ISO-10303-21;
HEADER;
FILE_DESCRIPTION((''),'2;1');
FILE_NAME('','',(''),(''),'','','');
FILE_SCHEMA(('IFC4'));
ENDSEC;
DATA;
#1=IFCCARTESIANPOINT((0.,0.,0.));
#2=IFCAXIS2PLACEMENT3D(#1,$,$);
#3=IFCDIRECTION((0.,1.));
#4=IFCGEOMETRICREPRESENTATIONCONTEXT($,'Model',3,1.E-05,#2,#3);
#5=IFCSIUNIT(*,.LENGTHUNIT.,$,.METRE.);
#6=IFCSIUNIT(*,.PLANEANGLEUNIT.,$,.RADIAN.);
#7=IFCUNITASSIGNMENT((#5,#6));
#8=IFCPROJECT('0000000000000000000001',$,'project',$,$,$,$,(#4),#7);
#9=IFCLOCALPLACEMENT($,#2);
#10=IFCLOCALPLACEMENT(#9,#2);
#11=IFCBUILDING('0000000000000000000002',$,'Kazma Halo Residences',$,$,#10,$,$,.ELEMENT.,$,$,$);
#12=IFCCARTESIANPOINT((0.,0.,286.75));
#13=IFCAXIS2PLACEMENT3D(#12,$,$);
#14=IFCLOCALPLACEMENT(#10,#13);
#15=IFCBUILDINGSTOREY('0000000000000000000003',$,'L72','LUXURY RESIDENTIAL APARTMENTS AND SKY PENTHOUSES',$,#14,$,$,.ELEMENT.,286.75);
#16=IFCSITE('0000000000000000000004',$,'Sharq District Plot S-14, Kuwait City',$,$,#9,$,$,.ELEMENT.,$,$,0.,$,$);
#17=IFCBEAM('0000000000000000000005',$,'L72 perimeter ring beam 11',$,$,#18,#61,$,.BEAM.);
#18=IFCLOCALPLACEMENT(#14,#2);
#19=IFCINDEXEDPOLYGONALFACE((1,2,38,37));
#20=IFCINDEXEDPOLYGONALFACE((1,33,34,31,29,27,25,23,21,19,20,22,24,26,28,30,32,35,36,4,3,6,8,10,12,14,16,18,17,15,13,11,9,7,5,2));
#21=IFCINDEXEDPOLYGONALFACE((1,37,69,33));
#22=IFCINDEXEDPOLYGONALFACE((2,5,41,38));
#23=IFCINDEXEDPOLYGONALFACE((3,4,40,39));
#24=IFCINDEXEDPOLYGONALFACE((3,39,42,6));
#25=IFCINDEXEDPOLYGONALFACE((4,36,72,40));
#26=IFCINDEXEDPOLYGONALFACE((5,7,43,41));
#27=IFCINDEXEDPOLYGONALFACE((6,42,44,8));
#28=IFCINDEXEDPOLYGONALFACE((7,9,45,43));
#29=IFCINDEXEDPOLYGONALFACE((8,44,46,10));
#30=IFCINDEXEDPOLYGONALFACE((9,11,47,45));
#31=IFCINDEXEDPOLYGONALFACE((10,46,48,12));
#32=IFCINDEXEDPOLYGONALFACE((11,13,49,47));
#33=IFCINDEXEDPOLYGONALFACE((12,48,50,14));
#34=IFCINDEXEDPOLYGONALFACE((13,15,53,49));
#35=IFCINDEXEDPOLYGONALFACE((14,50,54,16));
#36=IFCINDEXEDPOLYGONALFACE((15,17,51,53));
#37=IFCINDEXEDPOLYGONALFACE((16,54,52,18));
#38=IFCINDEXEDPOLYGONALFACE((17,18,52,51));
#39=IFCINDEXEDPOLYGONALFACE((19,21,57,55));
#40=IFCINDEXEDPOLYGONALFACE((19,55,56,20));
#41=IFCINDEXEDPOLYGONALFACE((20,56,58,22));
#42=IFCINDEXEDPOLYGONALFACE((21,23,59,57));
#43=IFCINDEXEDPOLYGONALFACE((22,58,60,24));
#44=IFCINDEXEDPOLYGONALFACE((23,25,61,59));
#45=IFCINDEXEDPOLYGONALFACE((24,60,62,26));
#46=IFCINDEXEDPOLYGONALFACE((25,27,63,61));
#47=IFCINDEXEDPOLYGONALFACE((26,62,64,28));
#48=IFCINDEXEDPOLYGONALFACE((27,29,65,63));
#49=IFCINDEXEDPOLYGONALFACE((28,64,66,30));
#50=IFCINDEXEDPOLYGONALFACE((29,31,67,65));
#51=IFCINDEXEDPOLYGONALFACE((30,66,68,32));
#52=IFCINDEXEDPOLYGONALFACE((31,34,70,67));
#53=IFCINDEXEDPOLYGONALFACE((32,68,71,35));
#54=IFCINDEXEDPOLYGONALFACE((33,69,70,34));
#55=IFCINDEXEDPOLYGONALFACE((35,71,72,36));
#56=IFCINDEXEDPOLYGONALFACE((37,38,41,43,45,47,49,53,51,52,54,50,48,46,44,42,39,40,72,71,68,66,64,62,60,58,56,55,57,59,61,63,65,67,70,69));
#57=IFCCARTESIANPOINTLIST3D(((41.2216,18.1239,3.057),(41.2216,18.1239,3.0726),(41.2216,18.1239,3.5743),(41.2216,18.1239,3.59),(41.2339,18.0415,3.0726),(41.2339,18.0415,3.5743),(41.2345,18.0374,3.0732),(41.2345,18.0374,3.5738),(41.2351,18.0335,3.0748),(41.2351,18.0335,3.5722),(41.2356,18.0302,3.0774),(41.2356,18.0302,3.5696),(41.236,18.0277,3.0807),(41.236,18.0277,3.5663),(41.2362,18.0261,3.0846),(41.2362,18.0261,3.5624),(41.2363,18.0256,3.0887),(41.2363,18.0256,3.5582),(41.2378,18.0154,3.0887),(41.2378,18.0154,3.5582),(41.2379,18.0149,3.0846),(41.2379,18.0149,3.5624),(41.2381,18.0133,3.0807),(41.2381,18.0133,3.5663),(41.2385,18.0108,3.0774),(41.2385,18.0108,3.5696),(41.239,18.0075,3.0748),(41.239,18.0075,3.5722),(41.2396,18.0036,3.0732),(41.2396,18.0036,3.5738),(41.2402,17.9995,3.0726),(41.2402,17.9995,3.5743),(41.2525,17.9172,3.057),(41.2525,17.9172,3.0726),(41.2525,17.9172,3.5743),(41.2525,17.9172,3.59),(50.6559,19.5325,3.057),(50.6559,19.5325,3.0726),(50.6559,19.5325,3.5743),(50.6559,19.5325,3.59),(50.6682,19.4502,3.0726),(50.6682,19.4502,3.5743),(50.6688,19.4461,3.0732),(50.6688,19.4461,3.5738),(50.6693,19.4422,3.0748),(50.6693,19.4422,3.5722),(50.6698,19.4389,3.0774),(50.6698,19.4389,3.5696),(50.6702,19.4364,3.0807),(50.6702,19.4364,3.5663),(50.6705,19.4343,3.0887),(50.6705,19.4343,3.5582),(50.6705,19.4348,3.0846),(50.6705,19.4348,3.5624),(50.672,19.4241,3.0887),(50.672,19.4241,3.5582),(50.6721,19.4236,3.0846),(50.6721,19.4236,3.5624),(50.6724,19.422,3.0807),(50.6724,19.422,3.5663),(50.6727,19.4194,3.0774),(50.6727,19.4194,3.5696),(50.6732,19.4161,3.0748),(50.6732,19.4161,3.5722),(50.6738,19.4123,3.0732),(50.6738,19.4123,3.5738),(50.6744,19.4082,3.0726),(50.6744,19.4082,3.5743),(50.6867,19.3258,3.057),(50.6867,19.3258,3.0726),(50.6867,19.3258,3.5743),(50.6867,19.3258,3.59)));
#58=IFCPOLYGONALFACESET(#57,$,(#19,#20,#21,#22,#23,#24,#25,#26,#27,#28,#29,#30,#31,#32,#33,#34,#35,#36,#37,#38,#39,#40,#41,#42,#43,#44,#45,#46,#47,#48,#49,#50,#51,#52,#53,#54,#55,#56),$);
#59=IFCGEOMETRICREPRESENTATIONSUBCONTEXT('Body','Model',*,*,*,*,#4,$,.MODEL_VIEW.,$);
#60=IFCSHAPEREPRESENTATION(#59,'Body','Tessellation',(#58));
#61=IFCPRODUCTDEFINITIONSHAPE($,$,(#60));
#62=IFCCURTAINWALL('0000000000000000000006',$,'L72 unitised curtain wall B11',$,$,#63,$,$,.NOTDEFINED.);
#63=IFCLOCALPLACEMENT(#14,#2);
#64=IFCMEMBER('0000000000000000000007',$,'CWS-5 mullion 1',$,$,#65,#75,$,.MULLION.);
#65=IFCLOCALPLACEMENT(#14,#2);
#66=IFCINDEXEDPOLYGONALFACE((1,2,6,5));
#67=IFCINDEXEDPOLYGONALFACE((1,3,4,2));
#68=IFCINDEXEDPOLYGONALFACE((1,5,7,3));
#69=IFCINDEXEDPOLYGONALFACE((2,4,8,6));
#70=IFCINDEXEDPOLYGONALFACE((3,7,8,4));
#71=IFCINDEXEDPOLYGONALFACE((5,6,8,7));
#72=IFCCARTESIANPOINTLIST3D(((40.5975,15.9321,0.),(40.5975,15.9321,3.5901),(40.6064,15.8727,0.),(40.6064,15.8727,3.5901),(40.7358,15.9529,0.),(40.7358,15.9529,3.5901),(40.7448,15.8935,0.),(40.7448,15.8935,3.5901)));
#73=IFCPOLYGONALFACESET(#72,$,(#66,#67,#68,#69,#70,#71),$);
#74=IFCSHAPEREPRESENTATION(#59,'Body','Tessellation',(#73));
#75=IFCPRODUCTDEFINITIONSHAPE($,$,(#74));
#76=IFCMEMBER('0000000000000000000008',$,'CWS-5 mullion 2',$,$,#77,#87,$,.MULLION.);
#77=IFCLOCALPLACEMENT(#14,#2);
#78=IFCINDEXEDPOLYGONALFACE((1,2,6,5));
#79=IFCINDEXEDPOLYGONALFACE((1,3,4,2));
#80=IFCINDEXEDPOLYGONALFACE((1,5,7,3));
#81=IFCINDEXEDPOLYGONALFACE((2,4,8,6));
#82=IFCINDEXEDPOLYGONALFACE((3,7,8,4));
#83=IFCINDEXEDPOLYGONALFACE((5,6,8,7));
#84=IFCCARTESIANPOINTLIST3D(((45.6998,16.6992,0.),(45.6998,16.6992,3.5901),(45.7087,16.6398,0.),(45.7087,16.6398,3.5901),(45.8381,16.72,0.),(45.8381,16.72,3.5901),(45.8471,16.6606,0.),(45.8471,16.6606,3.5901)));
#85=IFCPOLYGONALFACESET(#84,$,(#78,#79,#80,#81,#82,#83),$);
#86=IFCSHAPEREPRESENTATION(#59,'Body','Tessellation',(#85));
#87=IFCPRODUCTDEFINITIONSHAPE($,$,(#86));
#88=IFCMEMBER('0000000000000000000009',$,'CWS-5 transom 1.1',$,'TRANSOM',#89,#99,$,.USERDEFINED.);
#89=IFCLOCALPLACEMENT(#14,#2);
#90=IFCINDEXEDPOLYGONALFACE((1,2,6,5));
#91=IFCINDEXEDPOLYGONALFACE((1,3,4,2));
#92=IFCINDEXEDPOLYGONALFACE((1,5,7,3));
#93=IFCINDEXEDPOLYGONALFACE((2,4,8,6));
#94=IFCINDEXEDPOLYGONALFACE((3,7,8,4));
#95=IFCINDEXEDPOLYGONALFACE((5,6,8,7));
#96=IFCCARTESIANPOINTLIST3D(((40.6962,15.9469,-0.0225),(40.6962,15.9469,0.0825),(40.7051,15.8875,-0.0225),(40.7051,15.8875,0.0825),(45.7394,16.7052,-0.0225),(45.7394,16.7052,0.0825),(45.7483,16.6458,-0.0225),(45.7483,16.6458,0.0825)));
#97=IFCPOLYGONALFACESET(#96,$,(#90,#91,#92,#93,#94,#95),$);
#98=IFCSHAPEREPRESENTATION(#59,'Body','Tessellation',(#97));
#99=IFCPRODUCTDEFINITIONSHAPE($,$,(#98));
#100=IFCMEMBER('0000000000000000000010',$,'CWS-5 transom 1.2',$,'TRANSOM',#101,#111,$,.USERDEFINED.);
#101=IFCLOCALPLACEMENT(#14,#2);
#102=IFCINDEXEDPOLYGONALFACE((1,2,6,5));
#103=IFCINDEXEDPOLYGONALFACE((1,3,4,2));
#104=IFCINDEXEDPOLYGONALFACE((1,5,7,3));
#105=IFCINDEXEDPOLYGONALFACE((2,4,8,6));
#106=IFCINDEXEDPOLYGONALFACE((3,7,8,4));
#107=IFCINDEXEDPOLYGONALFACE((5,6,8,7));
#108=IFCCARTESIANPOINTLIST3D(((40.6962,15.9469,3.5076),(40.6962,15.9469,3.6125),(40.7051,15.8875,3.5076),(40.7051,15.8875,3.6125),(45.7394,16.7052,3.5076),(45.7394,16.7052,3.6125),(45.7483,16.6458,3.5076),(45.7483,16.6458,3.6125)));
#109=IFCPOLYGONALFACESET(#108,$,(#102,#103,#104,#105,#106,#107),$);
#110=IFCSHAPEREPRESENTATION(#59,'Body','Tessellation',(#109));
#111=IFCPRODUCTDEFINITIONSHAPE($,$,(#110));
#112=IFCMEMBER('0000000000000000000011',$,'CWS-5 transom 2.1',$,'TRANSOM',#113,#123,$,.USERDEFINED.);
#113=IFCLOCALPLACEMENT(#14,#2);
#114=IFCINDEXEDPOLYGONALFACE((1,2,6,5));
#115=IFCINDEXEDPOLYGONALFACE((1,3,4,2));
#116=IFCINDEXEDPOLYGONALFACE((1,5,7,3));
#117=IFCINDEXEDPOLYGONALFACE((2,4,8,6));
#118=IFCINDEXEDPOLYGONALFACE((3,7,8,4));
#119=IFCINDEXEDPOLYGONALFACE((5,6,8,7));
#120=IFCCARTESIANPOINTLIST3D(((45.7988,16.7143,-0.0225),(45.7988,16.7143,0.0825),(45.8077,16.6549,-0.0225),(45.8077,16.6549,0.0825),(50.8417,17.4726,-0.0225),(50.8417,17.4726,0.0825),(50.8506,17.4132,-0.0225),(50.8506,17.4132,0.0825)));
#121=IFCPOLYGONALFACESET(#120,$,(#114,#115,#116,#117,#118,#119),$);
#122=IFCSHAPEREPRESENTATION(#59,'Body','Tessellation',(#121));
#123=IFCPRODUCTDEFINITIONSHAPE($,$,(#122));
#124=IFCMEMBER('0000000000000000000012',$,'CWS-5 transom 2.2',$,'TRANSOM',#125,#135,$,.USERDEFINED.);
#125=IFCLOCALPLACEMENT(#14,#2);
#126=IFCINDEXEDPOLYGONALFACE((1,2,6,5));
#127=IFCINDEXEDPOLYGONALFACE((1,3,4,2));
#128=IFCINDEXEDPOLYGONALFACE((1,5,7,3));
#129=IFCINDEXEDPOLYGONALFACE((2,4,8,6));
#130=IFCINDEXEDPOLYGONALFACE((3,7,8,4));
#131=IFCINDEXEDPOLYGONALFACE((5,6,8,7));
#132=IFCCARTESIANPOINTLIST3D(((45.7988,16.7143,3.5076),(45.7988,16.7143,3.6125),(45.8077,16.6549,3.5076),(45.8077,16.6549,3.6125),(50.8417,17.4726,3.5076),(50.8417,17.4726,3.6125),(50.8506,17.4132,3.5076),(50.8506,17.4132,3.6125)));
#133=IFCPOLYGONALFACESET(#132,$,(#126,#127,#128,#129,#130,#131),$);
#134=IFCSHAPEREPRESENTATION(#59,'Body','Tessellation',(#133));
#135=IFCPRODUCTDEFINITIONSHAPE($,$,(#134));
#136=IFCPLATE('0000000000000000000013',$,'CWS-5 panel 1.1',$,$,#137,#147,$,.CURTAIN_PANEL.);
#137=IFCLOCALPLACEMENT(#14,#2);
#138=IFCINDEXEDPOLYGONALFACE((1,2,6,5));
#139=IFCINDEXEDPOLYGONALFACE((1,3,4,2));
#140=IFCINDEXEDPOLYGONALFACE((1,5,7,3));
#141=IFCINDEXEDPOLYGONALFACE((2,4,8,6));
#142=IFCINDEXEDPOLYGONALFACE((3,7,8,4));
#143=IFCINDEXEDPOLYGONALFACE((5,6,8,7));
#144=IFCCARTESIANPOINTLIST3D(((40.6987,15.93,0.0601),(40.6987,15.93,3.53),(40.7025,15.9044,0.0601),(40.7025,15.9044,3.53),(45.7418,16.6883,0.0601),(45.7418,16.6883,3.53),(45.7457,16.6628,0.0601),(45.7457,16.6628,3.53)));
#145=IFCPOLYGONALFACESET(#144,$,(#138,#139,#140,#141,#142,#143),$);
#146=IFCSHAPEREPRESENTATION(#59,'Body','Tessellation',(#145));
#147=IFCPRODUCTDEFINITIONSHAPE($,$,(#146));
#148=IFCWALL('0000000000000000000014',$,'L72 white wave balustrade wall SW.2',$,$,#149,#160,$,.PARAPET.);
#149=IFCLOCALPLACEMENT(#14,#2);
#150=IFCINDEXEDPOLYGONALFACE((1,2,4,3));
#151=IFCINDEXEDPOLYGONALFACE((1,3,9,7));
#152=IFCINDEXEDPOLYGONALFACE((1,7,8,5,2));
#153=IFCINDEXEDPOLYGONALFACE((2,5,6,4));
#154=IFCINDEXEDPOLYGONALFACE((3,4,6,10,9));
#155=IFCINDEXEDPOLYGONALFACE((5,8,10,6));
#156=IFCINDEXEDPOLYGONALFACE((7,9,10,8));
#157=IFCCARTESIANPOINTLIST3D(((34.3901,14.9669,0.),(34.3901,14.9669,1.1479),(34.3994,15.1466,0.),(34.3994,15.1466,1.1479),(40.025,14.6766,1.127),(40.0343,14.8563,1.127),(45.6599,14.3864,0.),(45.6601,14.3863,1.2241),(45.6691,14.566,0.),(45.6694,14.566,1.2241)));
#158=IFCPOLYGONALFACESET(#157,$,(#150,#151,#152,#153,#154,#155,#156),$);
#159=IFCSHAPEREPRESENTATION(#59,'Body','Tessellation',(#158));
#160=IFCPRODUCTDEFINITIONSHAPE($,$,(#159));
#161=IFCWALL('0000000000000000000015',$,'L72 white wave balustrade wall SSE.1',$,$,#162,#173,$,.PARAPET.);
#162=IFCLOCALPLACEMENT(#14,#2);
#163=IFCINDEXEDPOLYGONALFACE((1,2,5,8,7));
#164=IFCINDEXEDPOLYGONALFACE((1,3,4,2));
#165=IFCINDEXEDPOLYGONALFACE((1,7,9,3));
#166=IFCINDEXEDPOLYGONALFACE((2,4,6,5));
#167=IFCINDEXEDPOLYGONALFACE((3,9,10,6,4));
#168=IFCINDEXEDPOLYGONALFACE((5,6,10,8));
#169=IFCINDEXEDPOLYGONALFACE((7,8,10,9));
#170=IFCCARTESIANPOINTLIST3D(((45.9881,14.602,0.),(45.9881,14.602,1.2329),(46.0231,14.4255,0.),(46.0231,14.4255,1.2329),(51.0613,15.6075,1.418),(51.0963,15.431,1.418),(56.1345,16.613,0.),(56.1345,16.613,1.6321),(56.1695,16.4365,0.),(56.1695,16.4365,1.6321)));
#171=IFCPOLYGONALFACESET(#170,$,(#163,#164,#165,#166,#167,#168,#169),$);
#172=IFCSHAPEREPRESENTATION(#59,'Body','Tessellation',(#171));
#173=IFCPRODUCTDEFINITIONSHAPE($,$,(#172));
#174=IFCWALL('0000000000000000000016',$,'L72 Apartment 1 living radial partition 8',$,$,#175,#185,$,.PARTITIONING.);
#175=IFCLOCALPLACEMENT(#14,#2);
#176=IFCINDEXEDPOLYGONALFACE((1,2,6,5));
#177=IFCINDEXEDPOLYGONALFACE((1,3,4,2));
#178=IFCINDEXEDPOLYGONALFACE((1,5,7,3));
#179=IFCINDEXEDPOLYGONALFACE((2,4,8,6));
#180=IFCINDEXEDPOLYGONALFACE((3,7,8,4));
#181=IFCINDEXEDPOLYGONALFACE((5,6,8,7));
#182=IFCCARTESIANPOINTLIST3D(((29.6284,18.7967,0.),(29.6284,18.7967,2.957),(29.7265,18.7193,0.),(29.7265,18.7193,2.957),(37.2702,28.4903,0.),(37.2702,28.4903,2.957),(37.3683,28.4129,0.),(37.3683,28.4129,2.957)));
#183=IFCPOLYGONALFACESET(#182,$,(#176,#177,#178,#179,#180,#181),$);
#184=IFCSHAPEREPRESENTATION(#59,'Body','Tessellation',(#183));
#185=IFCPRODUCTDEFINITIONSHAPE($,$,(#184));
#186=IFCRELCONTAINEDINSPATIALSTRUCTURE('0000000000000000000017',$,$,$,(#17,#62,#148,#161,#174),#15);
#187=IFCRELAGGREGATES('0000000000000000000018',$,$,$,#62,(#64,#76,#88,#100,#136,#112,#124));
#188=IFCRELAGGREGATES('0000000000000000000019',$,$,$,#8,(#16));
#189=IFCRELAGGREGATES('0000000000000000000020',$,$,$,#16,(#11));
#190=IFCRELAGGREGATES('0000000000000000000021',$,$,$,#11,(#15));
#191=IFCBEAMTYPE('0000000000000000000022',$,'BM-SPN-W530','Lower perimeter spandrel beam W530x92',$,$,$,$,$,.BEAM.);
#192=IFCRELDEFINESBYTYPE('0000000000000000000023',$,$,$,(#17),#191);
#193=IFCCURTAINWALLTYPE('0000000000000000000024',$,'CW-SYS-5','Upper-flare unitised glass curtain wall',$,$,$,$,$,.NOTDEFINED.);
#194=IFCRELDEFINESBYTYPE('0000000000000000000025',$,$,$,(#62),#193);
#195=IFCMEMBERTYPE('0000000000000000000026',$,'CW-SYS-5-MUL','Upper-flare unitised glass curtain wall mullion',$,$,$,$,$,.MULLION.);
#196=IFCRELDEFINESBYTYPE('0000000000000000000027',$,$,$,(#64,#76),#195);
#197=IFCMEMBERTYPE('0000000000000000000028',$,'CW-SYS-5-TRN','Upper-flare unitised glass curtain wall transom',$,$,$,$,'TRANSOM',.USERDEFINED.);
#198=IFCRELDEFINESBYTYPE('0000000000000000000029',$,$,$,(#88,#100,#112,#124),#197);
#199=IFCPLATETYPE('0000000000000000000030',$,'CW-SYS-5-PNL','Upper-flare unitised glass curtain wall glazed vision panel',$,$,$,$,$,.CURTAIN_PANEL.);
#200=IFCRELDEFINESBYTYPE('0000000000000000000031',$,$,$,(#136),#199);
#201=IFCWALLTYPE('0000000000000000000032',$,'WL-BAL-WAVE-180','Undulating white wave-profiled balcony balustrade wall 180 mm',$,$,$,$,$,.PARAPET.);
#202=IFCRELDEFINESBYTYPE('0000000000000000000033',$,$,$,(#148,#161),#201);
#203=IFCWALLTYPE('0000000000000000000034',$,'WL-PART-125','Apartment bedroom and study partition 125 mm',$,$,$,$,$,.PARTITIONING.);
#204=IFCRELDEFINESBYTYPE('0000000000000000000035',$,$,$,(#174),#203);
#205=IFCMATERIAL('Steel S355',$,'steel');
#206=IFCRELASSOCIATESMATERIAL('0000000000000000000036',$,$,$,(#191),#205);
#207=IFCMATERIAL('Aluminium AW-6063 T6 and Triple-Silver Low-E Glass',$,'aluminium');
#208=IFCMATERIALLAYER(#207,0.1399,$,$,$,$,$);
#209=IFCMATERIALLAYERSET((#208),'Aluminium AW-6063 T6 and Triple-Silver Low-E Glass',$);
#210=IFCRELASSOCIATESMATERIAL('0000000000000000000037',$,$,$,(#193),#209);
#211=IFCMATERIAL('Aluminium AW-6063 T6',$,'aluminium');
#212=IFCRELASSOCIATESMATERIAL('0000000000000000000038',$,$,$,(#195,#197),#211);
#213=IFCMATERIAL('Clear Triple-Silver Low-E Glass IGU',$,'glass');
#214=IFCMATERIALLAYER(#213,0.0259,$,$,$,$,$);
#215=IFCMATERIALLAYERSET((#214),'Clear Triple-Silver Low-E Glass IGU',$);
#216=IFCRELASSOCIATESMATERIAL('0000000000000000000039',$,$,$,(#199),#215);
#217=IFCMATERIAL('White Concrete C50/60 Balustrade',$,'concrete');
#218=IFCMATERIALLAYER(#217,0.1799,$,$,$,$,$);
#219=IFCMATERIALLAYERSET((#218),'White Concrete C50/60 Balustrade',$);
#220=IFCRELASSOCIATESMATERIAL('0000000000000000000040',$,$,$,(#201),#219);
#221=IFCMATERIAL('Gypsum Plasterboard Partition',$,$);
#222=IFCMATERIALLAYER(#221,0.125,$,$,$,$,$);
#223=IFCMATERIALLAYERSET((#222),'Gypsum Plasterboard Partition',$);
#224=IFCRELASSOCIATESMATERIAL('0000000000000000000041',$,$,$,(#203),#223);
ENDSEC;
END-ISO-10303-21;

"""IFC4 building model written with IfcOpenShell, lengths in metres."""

from ifc_helpers import new_model, si_unit, direction, frame, frame_2d, origin, origin_2d, place, context, subcontext, project, spatial, polyline, rectangle, i_section, outline, extrude, material, layer, layer_set, material_profile, profile_set, type_object, element, aggregate, save


model = new_model("IFC4")

# Units and contexts
model_context = context("Model", 3, precision=1e-05, world=origin(), true_north=direction((0.0, 1.0)))
body_context = subcontext(model_context, "Body", "Model", "MODEL_VIEW")
ifc_project = project(units=[si_unit("LENGTHUNIT", "METRE"), si_unit("PLANEANGLEUNIT", "RADIAN")], contexts=[model_context])

# Site, building, storey
site_placement = place(None, origin())
site = spatial("IfcSite", under=ifc_project, at=site_placement, Name="Sharq District Plot S-14, Kuwait City", CompositionType="ELEMENT", RefElevation=0.0)
building_placement = place(site_placement, origin())
building = spatial("IfcBuilding", under=site, at=building_placement, Name="Kazma Halo Residences", CompositionType="ELEMENT")
storey_placement = place(building_placement, frame((0.0, 0.0, 286.75)))
storey = spatial("IfcBuildingStorey", under=building, at=storey_placement, Name="L72", Description="LUXURY RESIDENTIAL APARTMENTS AND SKY PENTHOUSES", CompositionType="ELEMENT", Elevation=286.75)

# Beam
ifc_material_1 = material(Name="Steel S355", Category="steel")
ifc_material_profile_1 = material_profile(ifc_material_1, i_section(OverallWidth=0.209, OverallDepth=0.533, WebThickness=0.0103, FlangeThickness=0.0156, FilletRadius=0.0161, at=origin_2d()), Name="W530x92")
ifc_profile_set_1 = profile_set([ifc_material_profile_1], Name="Steel S355")
beam_type_1 = type_object("IfcBeamType", Name="BM-SPN-W530", Description="Lower perimeter spandrel beam W530x92", PredefinedType="BEAM", material=ifc_profile_set_1)
beam_1_placement = place(storey_placement, frame((41.2371, 18.0205, 3.3235), z_axis=(0.989035, 0.147678, 0.0), x_axis=(-0.147678, 0.989035, 0.0)))
element("IfcBeam", 1, at=beam_1_placement, inside=storey, type_object=beam_type_1, Name="L72 perimeter ring beam 11", PredefinedType="BEAM", context=body_context, shape_type="SweptSolid", body=[
    extrude(i_section(OverallWidth=0.209, OverallDepth=0.533, WebThickness=0.0103, FlangeThickness=0.0156, FilletRadius=0.0161, at=origin_2d()), origin(), (0.0, 0.0, 1.0), 9.5388),
])

# Curtain wall, members, plate
ifc_material_2 = material(Name="Aluminium AW-6063 T6 and Triple-Silver Low-E Glass", Category="aluminium")
ifc_layer_1 = layer(ifc_material_2, 0.1399)
ifc_layer_set_1 = layer_set([ifc_layer_1], Name="Aluminium AW-6063 T6 and Triple-Silver Low-E Glass")
curtain_wall_type = type_object("IfcCurtainWallType", Name="CW-SYS-5", Description="Upper-flare unitised glass curtain wall", PredefinedType="NOTDEFINED", material=ifc_layer_set_1)
curtain_wall_placement = place(storey_placement, origin())
curtain_wall = element("IfcCurtainWall", 2, at=curtain_wall_placement, inside=storey, type_object=curtain_wall_type, Name="L72 unitised curtain wall B11", PredefinedType="NOTDEFINED")
ifc_material_3 = material(Name="Aluminium AW-6063 T6", Category="aluminium")
ifc_material_profile_2 = material_profile(ifc_material_3, rectangle(XDim=0.0601, YDim=0.1399, at=origin_2d()), Name="CWM-60x140")
ifc_profile_set_2 = profile_set([ifc_material_profile_2], Name="Aluminium AW-6063 T6")
member_type_1 = type_object("IfcMemberType", Name="CW-SYS-5-MUL", Description="Upper-flare unitised glass curtain wall mullion", PredefinedType="MULLION", material=ifc_profile_set_2)
member_1_placement = place(storey_placement, frame((40.6711, 15.9128, 0.0), z_axis=(0.0, 0.0, 1.0), x_axis=(-0.148697, 0.988883, 0.0)))
member_1 = element("IfcMember", 3, at=member_1_placement, type_object=member_type_1, Name="CWS-5 mullion 1", PredefinedType="MULLION", context=body_context, shape_type="SweptSolid", body=[
    extrude(rectangle(XDim=0.0601, YDim=0.1399, at=origin_2d()), origin(), (0.0, 0.0, 1.0), 3.5901),
])
member_2_placement = place(storey_placement, frame((45.7734, 16.6799, 0.0), z_axis=(0.0, 0.0, 1.0), x_axis=(-0.148697, 0.988883, 0.0)))
member_2 = element("IfcMember", 4, at=member_2_placement, type_object=member_type_1, Name="CWS-5 mullion 2", PredefinedType="MULLION", context=body_context, shape_type="SweptSolid", body=[
    extrude(rectangle(XDim=0.0601, YDim=0.1399, at=origin_2d()), origin(), (0.0, 0.0, 1.0), 3.5901),
])
ifc_material_profile_3 = material_profile(ifc_material_3, rectangle(XDim=0.0601, YDim=0.105, at=origin_2d()), Name="CWT-60x105")
ifc_profile_set_3 = profile_set([ifc_material_profile_3], Name="Aluminium AW-6063 T6")
member_type_2 = type_object("IfcMemberType", Name="CW-SYS-5-TRN", Description="Upper-flare unitised glass curtain wall transom", ElementType="TRANSOM", PredefinedType="USERDEFINED", material=ifc_profile_set_3)
member_3_placement = place(storey_placement, frame((40.7007, 15.9172, 0.03), z_axis=(0.988884, 0.148689, 0.0), x_axis=(-0.148689, 0.988884, 0.0)))
member_3 = element("IfcMember", 5, at=member_3_placement, type_object=member_type_2, Name="CWS-5 transom 1.1", ObjectType="TRANSOM", PredefinedType="USERDEFINED", context=body_context, shape_type="SweptSolid", body=[
    extrude(rectangle(XDim=0.0601, YDim=0.105, at=origin_2d()), origin(), (0.0, 0.0, 1.0), 5.0999),
])
member_4_placement = place(storey_placement, frame((40.7007, 15.9172, 3.5601), z_axis=(0.988884, 0.148689, 0.0), x_axis=(-0.148689, 0.988884, 0.0)))
member_4 = element("IfcMember", 6, at=member_4_placement, type_object=member_type_2, Name="CWS-5 transom 1.2", ObjectType="TRANSOM", PredefinedType="USERDEFINED", context=body_context, shape_type="SweptSolid", body=[
    extrude(rectangle(XDim=0.0601, YDim=0.105, at=origin_2d()), origin(), (0.0, 0.0, 1.0), 5.0999),
])
member_5_placement = place(storey_placement, frame((45.8032, 16.6846, 0.03), z_axis=(0.988883, 0.148696, 0.0), x_axis=(-0.148696, 0.988883, 0.0)))
member_5 = element("IfcMember", 7, at=member_5_placement, type_object=member_type_2, Name="CWS-5 transom 2.1", ObjectType="TRANSOM", PredefinedType="USERDEFINED", context=body_context, shape_type="SweptSolid", body=[
    extrude(rectangle(XDim=0.0601, YDim=0.105, at=origin_2d()), origin(), (0.0, 0.0, 1.0), 5.0996),
])
member_6_placement = place(storey_placement, frame((45.8032, 16.6846, 3.5601), z_axis=(0.988883, 0.148696, 0.0), x_axis=(-0.148696, 0.988883, 0.0)))
member_6 = element("IfcMember", 8, at=member_6_placement, type_object=member_type_2, Name="CWS-5 transom 2.2", ObjectType="TRANSOM", PredefinedType="USERDEFINED", context=body_context, shape_type="SweptSolid", body=[
    extrude(rectangle(XDim=0.0601, YDim=0.105, at=origin_2d()), origin(), (0.0, 0.0, 1.0), 5.0996),
])
ifc_material_4 = material(Name="Clear Triple-Silver Low-E Glass IGU", Category="glass")
ifc_layer_2 = layer(ifc_material_4, 0.0259)
ifc_layer_set_2 = layer_set([ifc_layer_2], Name="Clear Triple-Silver Low-E Glass IGU")
plate_type = type_object("IfcPlateType", Name="CW-SYS-5-PNL", Description="Upper-flare unitised glass curtain wall glazed vision panel", PredefinedType="CURTAIN_PANEL", material=ifc_layer_set_2)
plate_placement = place(storey_placement, frame((43.2222, 16.2964, 0.0601), z_axis=(0.0, 0.0, 1.0), x_axis=(0.988883, 0.148697, 0.0)))
plate = element("IfcPlate", 9, at=plate_placement, type_object=plate_type, Name="CWS-5 panel 1.1", PredefinedType="CURTAIN_PANEL", context=body_context, shape_type="SweptSolid", body=[
    extrude(rectangle(XDim=5.0999, YDim=0.0259, at=origin_2d()), origin(), (0.0, 0.0, 1.0), 3.47),
])
aggregate(curtain_wall, [member_1, member_2, member_3, member_4, plate, member_5, member_6])

# Walls
ifc_material_5 = material(Name="White Concrete C50/60 Balustrade", Category="concrete")
ifc_layer_3 = layer(ifc_material_5, 0.1799)
ifc_layer_set_3 = layer_set([ifc_layer_3], Name="White Concrete C50/60 Balustrade")
wall_type_1 = type_object("IfcWallType", Name="WL-BAL-WAVE-180", Description="Undulating white wave-profiled balcony balustrade wall 180 mm", PredefinedType="PARAPET", material=ifc_layer_set_3)
wall_1_placement = place(storey_placement, frame((34.3948, 15.0569, 0.0), z_axis=(0.0, 0.0, 1.0), x_axis=(0.998676, -0.051447, 0.0)))
element("IfcWall", 10, at=wall_1_placement, inside=storey, type_object=wall_type_1, Name="L72 white wave balustrade wall SW.2", PredefinedType="PARAPET", context=body_context, shape_type="SweptSolid", body=[
    extrude(outline(polyline([(0.0, 0.0), (11.2847, 0.0), (11.2849, 1.2241), (5.6423, 1.127), (0.0, 1.1479), (0.0, 0.0)])), frame((0.0, 0.0898, 0.0), z_axis=(0.0, -1.0, 0.0), x_axis=(1.0, 0.0, 0.0)), (0.0, 0.0, 1.0), 0.1799),
])
wall_2_placement = place(storey_placement, frame((46.0056, 14.5139, 0.0), z_axis=(0.0, 0.0, 1.0), x_axis=(0.98092, 0.194414, 0.0)))
element("IfcWall", 11, at=wall_2_placement, inside=storey, type_object=wall_type_1, Name="L72 white wave balustrade wall SSE.1", PredefinedType="PARAPET", context=body_context, shape_type="SweptSolid", body=[
    extrude(outline(polyline([(0.0, 0.0), (10.3438, 0.0), (10.3438, 1.6321), (5.1719, 1.418), (0.0, 1.2329), (0.0, 0.0)])), frame((0.0, 0.0898, 0.0), z_axis=(0.0, -1.0, 0.0), x_axis=(1.0, 0.0, 0.0)), (0.0, 0.0, 1.0), 0.1799),
])
ifc_material_6 = material(Name="Gypsum Plasterboard Partition")
ifc_layer_4 = layer(ifc_material_6, 0.125)
ifc_layer_set_4 = layer_set([ifc_layer_4], Name="Gypsum Plasterboard Partition")
wall_type_2 = type_object("IfcWallType", Name="WL-PART-125", Description="Apartment bedroom and study partition 125 mm", PredefinedType="PARTITIONING", material=ifc_layer_set_4)
wall_3_placement = place(storey_placement, frame((37.3193, 28.4517, 0.0), z_axis=(0.0, 0.0, 1.0), x_axis=(-0.619095, -0.785316, 0.0)))
element("IfcWall", 12, at=wall_3_placement, inside=storey, type_object=wall_type_2, Name="L72 Apartment 1 living radial partition 8", PredefinedType="PARTITIONING", context=body_context, shape_type="SweptSolid", body=[
    extrude(rectangle(XDim=12.3435, YDim=0.125, at=frame_2d((6.1719, 0.0))), origin(), (0.0, 0.0, 1.0), 2.957),
])

save(model, "model.ifc")
